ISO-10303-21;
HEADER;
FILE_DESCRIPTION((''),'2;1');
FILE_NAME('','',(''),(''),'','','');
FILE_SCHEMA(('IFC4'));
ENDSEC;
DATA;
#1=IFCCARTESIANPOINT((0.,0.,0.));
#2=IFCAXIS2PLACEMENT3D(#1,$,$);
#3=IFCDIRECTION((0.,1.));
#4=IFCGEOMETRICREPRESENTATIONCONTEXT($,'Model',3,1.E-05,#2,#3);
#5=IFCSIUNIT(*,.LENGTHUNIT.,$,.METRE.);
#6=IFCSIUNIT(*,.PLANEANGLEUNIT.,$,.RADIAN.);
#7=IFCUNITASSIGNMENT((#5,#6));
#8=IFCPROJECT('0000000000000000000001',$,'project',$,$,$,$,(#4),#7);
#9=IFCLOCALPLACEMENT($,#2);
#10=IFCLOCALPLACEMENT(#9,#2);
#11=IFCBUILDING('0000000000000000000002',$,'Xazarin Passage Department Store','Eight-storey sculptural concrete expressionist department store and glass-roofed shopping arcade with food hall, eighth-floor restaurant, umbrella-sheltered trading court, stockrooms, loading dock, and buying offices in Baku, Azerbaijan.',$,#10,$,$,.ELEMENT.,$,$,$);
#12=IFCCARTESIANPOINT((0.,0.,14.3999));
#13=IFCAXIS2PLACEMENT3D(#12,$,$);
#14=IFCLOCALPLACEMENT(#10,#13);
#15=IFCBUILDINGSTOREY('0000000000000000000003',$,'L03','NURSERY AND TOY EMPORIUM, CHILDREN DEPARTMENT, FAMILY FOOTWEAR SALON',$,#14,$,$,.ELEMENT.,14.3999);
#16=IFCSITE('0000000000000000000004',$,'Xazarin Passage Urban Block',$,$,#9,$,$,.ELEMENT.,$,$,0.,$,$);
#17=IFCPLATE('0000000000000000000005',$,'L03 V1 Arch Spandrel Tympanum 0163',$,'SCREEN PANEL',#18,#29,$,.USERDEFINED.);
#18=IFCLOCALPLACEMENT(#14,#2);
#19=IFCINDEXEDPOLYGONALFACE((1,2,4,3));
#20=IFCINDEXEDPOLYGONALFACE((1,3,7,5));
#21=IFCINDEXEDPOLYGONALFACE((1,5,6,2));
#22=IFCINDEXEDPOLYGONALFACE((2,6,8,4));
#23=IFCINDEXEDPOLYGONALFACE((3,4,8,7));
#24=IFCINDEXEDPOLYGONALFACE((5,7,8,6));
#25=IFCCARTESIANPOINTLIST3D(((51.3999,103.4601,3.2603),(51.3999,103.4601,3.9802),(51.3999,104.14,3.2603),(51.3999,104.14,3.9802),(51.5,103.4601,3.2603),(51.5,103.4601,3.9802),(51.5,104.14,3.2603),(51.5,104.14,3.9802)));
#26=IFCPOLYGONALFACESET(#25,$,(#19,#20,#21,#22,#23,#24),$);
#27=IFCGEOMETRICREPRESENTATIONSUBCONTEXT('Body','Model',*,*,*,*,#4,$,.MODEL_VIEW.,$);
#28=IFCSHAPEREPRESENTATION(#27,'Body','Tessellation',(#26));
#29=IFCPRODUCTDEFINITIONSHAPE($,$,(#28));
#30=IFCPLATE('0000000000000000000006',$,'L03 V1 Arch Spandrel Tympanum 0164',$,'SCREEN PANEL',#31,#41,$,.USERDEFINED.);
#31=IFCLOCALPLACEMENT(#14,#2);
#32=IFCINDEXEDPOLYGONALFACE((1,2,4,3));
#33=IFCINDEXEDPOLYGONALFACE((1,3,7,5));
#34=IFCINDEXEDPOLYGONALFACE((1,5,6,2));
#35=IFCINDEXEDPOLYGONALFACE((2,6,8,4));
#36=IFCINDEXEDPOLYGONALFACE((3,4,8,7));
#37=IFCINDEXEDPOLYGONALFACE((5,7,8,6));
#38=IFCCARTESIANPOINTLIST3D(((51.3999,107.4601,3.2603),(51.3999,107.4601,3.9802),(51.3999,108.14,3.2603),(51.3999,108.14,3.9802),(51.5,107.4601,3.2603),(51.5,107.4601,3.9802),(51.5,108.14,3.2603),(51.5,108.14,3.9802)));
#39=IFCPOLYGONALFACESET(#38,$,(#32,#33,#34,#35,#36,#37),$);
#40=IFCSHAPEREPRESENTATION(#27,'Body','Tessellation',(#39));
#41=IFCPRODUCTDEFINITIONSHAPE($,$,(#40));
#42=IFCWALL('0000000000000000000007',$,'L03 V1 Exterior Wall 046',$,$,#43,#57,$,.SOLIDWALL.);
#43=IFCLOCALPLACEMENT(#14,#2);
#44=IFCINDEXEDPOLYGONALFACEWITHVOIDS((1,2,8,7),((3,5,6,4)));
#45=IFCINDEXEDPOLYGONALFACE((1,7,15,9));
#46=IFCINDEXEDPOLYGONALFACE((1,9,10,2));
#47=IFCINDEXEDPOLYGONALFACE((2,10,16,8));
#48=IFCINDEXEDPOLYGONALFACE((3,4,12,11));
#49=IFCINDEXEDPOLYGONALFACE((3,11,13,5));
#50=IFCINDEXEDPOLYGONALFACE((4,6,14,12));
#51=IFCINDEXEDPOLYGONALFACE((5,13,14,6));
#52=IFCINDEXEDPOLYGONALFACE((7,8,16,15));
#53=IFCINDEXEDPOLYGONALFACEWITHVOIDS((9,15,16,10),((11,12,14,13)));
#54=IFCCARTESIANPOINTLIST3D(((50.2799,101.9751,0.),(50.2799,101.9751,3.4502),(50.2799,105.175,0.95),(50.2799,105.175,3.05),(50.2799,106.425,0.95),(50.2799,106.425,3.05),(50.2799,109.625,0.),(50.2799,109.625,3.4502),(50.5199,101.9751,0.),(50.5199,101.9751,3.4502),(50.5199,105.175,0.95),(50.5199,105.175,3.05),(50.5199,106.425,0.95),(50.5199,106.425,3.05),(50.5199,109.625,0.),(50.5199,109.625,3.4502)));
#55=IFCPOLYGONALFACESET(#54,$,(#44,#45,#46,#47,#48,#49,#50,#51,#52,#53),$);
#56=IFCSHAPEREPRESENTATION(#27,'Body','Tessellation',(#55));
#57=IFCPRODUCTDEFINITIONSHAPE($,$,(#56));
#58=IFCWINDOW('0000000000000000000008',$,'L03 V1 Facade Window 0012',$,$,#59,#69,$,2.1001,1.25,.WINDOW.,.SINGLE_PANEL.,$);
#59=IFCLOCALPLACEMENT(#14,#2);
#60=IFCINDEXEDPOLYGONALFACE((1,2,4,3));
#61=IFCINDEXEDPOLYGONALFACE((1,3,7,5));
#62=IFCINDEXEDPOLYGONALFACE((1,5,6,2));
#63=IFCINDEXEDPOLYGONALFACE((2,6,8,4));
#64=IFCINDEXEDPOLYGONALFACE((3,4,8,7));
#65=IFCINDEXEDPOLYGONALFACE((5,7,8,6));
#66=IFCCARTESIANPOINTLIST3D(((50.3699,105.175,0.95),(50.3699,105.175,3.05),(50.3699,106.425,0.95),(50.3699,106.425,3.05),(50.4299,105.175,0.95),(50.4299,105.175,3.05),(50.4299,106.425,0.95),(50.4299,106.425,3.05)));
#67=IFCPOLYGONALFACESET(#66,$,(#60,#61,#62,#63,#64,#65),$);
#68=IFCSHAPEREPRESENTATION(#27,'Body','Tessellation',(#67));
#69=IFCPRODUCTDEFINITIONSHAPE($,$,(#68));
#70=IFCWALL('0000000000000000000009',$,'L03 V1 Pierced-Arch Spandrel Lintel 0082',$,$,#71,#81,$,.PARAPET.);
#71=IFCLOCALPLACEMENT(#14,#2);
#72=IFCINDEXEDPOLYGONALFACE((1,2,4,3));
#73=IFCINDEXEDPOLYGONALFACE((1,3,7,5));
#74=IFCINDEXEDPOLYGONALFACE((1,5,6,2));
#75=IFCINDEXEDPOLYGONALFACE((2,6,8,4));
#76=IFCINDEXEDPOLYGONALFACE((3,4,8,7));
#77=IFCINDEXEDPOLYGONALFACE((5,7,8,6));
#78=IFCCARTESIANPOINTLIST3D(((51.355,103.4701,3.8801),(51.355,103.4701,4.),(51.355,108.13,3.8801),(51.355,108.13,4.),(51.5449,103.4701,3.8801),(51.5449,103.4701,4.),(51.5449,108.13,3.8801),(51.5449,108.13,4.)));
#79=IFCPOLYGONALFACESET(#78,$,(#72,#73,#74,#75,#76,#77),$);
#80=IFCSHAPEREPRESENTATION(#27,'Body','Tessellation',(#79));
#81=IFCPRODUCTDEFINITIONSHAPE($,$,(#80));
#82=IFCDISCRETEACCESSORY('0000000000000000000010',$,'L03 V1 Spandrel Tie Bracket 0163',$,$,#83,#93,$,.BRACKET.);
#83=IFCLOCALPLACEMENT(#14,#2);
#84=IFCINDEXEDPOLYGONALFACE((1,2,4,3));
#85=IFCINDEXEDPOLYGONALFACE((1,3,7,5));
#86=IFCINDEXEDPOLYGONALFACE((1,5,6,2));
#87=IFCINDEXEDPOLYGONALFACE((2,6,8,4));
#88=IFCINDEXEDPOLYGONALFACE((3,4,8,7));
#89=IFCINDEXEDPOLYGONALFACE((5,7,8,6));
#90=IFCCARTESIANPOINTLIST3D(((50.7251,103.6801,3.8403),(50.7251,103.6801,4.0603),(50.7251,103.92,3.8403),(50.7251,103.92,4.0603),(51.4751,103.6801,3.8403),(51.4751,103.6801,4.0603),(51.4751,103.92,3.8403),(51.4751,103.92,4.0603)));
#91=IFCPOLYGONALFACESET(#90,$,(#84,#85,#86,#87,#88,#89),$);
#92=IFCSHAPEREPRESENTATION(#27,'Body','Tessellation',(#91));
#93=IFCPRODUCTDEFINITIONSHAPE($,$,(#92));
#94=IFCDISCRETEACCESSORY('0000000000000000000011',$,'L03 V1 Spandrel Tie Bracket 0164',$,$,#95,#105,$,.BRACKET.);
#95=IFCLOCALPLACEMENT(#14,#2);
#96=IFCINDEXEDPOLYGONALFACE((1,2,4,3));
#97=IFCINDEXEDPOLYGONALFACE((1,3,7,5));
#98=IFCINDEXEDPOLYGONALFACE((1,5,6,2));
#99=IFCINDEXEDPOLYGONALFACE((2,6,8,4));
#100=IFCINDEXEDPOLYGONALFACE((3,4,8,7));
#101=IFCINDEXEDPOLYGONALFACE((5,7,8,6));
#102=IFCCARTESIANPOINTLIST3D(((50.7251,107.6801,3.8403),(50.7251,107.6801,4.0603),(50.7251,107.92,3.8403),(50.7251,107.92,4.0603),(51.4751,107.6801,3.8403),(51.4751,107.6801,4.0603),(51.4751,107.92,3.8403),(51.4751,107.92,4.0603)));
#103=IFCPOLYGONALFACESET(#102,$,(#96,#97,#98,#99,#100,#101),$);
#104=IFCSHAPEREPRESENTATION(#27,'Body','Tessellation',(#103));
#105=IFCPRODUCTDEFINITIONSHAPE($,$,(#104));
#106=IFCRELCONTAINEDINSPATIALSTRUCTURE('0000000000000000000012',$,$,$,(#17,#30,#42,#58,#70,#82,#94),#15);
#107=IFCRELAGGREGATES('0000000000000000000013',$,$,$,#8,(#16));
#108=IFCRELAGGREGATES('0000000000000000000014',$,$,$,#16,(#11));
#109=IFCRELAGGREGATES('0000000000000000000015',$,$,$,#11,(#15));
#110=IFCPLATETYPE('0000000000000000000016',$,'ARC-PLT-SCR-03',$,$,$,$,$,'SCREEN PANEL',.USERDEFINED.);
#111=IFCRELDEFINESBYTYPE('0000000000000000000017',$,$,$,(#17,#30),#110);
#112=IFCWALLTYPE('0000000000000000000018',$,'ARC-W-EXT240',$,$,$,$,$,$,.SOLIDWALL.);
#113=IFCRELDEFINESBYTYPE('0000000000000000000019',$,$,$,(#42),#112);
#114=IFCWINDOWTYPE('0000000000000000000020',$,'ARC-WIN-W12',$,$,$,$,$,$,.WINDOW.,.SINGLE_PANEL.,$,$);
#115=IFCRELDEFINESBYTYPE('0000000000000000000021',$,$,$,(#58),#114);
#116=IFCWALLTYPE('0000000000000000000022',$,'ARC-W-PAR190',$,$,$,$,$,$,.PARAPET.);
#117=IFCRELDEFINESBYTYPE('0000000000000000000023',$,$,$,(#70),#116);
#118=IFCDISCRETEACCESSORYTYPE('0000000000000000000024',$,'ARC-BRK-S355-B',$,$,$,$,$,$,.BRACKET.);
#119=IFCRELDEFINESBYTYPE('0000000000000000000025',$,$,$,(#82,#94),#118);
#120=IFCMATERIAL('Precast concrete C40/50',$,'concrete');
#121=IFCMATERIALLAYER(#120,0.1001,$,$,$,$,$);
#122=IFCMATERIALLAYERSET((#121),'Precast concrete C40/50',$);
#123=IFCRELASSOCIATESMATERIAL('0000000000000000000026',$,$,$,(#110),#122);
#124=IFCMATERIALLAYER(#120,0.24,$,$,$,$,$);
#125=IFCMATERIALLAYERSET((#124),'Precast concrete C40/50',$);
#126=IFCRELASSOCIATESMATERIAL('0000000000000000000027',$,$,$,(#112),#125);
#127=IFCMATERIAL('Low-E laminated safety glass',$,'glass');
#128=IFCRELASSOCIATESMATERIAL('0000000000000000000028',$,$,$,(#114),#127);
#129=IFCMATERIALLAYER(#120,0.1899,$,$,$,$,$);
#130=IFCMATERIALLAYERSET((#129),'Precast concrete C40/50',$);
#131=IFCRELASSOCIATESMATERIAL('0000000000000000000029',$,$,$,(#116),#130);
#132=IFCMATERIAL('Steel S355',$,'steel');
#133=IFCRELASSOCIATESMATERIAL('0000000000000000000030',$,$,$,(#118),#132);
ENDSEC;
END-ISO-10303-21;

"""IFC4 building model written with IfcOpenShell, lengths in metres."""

from ifc_helpers import new_model, si_unit, direction, frame, frame_2d, origin, origin_2d, place, context, subcontext, project, spatial, rectangle, extrude, material, layer, layer_set, type_object, element, fill, save


model = new_model("IFC4")

# Units and contexts
model_context = context("Model", 3, precision=1e-05, world=origin(), true_north=direction((0.0, 1.0)))
body_context = subcontext(model_context, "Body", "Model", "MODEL_VIEW")
ifc_project = project(units=[si_unit("LENGTHUNIT", "METRE"), si_unit("PLANEANGLEUNIT", "RADIAN")], contexts=[model_context])

# Site, building, storey
site_placement = place(None, origin())
site = spatial("IfcSite", under=ifc_project, at=site_placement, Name="Xazarin Passage Urban Block", CompositionType="ELEMENT", RefElevation=0.0)
building_placement = place(site_placement, origin())
building = spatial("IfcBuilding", under=site, at=building_placement, Name="Xazarin Passage Department Store", Description="Eight-storey sculptural concrete expressionist department store and glass-roofed shopping arcade with food hall, eighth-floor restaurant, umbrella-sheltered trading court, stockrooms, loading dock, and buying offices in Baku, Azerbaijan.", CompositionType="ELEMENT")
storey_placement = place(building_placement, frame((0.0, 0.0, 14.3999)))
storey = spatial("IfcBuildingStorey", under=building, at=storey_placement, Name="L03", Description="NURSERY AND TOY EMPORIUM, CHILDREN DEPARTMENT, FAMILY FOOTWEAR SALON", CompositionType="ELEMENT", Elevation=14.3999)

# Plates
ifc_material_1 = material(Name="Precast concrete C40/50", Category="concrete")
ifc_layer_1 = layer(ifc_material_1, 0.1001)
ifc_layer_set_1 = layer_set([ifc_layer_1], Name="Precast concrete C40/50")
plate_type = type_object("IfcPlateType", Name="ARC-PLT-SCR-03", ElementType="SCREEN PANEL", PredefinedType="USERDEFINED", material=ifc_layer_set_1)
for number, where, z_axis, x_axis, name in (
    (1, (51.45, 103.8, 3.2603), (0.0, 0.0, 1.0), (0.0, 1.0, 0.0), "L03 V1 Arch Spandrel Tympanum 0163"),
    (2, (51.45, 107.8, 3.2603), (0.0, 0.0, 1.0), (0.0, 1.0, 0.0), "L03 V1 Arch Spandrel Tympanum 0164"),
):
    element("IfcPlate", number, at=place(storey_placement, frame(where, z_axis=z_axis, x_axis=x_axis)), inside=storey, type_object=plate_type, Name=name, ObjectType="SCREEN PANEL", PredefinedType="USERDEFINED", context=body_context, shape_type="SweptSolid", body=[
        extrude(rectangle(XDim=0.6799, YDim=0.1001, at=origin_2d()), origin(), (0.0, 0.0, 1.0), 0.72),
    ])

# Wall, opening, window
ifc_layer_2 = layer(ifc_material_1, 0.24)
ifc_layer_set_2 = layer_set([ifc_layer_2], Name="Precast concrete C40/50")
wall_type_1 = type_object("IfcWallType", Name="ARC-W-EXT240", PredefinedType="SOLIDWALL", material=ifc_layer_set_2)
wall_1_placement = place(storey_placement, frame((50.3999, 101.9751, 0.0), z_axis=(0.0, 0.0, 1.0), x_axis=(0.0, 1.0, 0.0)))
wall_1 = element("IfcWall", 3, at=wall_1_placement, inside=storey, type_object=wall_type_1, Name="L03 V1 Exterior Wall 046", PredefinedType="SOLIDWALL", context=body_context, shape_type="SweptSolid", body=[
    extrude(rectangle(XDim=7.6499, YDim=0.24, at=frame_2d((3.825, 0.0))), origin(), (0.0, 0.0, 1.0), 3.4502),
])
opening_placement = place(wall_1_placement, frame((3.2, 0.0, 0.95)))
opening = element("IfcOpeningElement", 4, at=opening_placement, cuts=wall_1, PredefinedType="OPENING", context=body_context, shape_type="SweptSolid", body=[
    extrude(rectangle(XDim=1.25, YDim=2.1001, at=frame_2d((0.625, 1.05))), frame((0.0, 0.1299, 0.0), z_axis=(0.0, -1.0, 0.0), x_axis=(1.0, 0.0, 0.0)), (0.0, 0.0, 1.0), 0.26),
])
ifc_material_2 = material(Name="Low-E laminated safety glass", Category="glass")
window_type = type_object("IfcWindowType", Name="ARC-WIN-W12", PartitioningType="SINGLE_PANEL", PredefinedType="WINDOW", material=ifc_material_2)
window_placement = place(opening_placement, origin())
window = element("IfcWindow", 5, at=window_placement, inside=storey, type_object=window_type, Name="L03 V1 Facade Window 0012", OverallHeight=2.1001, OverallWidth=1.25, PartitioningType="SINGLE_PANEL", PredefinedType="WINDOW", context=body_context, shape_type="SweptSolid", body=[
    extrude(rectangle(XDim=1.25, YDim=2.1001, at=frame_2d((0.625, 1.05))), frame((0.0, 0.03, 0.0), z_axis=(0.0, -1.0, 0.0), x_axis=(1.0, 0.0, 0.0)), (0.0, 0.0, 1.0), 0.0601),
])
fill(opening, window)

# Wall
ifc_layer_3 = layer(ifc_material_1, 0.1899)
ifc_layer_set_3 = layer_set([ifc_layer_3], Name="Precast concrete C40/50")
wall_type_2 = type_object("IfcWallType", Name="ARC-W-PAR190", PredefinedType="PARAPET", material=ifc_layer_set_3)
wall_2_placement = place(storey_placement, frame((51.45, 103.47, 3.8801), z_axis=(0.0, 0.0, 1.0), x_axis=(0.0, 1.0, 0.0)))
element("IfcWall", 6, at=wall_2_placement, inside=storey, type_object=wall_type_2, Name="L03 V1 Pierced-Arch Spandrel Lintel 0082", PredefinedType="PARAPET", context=body_context, shape_type="SweptSolid", body=[
    extrude(rectangle(XDim=4.6599, YDim=0.1899, at=frame_2d((2.3301, 0.0))), origin(), (0.0, 0.0, 1.0), 0.1199),
])

# Discrete accessories
ifc_material_3 = material(Name="Steel S355", Category="steel")
discrete_accessory_type = type_object("IfcDiscreteAccessoryType", Name="ARC-BRK-S355-B", PredefinedType="BRACKET", material=ifc_material_3)
for number, where, z_axis, x_axis, name in (
    (7, (51.1001, 103.8, 3.8403), (0.0, 0.0, 1.0), (0.0, 1.0, 0.0), "L03 V1 Spandrel Tie Bracket 0163"),
    (8, (51.1001, 107.8, 3.8403), (0.0, 0.0, 1.0), (0.0, 1.0, 0.0), "L03 V1 Spandrel Tie Bracket 0164"),
):
    element("IfcDiscreteAccessory", number, at=place(storey_placement, frame(where, z_axis=z_axis, x_axis=x_axis)), inside=storey, type_object=discrete_accessory_type, Name=name, PredefinedType="BRACKET", context=body_context, shape_type="SweptSolid", body=[
        extrude(rectangle(XDim=0.24, YDim=0.75, at=origin_2d()), origin(), (0.0, 0.0, 1.0), 0.22),
    ])

save(model, "model.ifc")
